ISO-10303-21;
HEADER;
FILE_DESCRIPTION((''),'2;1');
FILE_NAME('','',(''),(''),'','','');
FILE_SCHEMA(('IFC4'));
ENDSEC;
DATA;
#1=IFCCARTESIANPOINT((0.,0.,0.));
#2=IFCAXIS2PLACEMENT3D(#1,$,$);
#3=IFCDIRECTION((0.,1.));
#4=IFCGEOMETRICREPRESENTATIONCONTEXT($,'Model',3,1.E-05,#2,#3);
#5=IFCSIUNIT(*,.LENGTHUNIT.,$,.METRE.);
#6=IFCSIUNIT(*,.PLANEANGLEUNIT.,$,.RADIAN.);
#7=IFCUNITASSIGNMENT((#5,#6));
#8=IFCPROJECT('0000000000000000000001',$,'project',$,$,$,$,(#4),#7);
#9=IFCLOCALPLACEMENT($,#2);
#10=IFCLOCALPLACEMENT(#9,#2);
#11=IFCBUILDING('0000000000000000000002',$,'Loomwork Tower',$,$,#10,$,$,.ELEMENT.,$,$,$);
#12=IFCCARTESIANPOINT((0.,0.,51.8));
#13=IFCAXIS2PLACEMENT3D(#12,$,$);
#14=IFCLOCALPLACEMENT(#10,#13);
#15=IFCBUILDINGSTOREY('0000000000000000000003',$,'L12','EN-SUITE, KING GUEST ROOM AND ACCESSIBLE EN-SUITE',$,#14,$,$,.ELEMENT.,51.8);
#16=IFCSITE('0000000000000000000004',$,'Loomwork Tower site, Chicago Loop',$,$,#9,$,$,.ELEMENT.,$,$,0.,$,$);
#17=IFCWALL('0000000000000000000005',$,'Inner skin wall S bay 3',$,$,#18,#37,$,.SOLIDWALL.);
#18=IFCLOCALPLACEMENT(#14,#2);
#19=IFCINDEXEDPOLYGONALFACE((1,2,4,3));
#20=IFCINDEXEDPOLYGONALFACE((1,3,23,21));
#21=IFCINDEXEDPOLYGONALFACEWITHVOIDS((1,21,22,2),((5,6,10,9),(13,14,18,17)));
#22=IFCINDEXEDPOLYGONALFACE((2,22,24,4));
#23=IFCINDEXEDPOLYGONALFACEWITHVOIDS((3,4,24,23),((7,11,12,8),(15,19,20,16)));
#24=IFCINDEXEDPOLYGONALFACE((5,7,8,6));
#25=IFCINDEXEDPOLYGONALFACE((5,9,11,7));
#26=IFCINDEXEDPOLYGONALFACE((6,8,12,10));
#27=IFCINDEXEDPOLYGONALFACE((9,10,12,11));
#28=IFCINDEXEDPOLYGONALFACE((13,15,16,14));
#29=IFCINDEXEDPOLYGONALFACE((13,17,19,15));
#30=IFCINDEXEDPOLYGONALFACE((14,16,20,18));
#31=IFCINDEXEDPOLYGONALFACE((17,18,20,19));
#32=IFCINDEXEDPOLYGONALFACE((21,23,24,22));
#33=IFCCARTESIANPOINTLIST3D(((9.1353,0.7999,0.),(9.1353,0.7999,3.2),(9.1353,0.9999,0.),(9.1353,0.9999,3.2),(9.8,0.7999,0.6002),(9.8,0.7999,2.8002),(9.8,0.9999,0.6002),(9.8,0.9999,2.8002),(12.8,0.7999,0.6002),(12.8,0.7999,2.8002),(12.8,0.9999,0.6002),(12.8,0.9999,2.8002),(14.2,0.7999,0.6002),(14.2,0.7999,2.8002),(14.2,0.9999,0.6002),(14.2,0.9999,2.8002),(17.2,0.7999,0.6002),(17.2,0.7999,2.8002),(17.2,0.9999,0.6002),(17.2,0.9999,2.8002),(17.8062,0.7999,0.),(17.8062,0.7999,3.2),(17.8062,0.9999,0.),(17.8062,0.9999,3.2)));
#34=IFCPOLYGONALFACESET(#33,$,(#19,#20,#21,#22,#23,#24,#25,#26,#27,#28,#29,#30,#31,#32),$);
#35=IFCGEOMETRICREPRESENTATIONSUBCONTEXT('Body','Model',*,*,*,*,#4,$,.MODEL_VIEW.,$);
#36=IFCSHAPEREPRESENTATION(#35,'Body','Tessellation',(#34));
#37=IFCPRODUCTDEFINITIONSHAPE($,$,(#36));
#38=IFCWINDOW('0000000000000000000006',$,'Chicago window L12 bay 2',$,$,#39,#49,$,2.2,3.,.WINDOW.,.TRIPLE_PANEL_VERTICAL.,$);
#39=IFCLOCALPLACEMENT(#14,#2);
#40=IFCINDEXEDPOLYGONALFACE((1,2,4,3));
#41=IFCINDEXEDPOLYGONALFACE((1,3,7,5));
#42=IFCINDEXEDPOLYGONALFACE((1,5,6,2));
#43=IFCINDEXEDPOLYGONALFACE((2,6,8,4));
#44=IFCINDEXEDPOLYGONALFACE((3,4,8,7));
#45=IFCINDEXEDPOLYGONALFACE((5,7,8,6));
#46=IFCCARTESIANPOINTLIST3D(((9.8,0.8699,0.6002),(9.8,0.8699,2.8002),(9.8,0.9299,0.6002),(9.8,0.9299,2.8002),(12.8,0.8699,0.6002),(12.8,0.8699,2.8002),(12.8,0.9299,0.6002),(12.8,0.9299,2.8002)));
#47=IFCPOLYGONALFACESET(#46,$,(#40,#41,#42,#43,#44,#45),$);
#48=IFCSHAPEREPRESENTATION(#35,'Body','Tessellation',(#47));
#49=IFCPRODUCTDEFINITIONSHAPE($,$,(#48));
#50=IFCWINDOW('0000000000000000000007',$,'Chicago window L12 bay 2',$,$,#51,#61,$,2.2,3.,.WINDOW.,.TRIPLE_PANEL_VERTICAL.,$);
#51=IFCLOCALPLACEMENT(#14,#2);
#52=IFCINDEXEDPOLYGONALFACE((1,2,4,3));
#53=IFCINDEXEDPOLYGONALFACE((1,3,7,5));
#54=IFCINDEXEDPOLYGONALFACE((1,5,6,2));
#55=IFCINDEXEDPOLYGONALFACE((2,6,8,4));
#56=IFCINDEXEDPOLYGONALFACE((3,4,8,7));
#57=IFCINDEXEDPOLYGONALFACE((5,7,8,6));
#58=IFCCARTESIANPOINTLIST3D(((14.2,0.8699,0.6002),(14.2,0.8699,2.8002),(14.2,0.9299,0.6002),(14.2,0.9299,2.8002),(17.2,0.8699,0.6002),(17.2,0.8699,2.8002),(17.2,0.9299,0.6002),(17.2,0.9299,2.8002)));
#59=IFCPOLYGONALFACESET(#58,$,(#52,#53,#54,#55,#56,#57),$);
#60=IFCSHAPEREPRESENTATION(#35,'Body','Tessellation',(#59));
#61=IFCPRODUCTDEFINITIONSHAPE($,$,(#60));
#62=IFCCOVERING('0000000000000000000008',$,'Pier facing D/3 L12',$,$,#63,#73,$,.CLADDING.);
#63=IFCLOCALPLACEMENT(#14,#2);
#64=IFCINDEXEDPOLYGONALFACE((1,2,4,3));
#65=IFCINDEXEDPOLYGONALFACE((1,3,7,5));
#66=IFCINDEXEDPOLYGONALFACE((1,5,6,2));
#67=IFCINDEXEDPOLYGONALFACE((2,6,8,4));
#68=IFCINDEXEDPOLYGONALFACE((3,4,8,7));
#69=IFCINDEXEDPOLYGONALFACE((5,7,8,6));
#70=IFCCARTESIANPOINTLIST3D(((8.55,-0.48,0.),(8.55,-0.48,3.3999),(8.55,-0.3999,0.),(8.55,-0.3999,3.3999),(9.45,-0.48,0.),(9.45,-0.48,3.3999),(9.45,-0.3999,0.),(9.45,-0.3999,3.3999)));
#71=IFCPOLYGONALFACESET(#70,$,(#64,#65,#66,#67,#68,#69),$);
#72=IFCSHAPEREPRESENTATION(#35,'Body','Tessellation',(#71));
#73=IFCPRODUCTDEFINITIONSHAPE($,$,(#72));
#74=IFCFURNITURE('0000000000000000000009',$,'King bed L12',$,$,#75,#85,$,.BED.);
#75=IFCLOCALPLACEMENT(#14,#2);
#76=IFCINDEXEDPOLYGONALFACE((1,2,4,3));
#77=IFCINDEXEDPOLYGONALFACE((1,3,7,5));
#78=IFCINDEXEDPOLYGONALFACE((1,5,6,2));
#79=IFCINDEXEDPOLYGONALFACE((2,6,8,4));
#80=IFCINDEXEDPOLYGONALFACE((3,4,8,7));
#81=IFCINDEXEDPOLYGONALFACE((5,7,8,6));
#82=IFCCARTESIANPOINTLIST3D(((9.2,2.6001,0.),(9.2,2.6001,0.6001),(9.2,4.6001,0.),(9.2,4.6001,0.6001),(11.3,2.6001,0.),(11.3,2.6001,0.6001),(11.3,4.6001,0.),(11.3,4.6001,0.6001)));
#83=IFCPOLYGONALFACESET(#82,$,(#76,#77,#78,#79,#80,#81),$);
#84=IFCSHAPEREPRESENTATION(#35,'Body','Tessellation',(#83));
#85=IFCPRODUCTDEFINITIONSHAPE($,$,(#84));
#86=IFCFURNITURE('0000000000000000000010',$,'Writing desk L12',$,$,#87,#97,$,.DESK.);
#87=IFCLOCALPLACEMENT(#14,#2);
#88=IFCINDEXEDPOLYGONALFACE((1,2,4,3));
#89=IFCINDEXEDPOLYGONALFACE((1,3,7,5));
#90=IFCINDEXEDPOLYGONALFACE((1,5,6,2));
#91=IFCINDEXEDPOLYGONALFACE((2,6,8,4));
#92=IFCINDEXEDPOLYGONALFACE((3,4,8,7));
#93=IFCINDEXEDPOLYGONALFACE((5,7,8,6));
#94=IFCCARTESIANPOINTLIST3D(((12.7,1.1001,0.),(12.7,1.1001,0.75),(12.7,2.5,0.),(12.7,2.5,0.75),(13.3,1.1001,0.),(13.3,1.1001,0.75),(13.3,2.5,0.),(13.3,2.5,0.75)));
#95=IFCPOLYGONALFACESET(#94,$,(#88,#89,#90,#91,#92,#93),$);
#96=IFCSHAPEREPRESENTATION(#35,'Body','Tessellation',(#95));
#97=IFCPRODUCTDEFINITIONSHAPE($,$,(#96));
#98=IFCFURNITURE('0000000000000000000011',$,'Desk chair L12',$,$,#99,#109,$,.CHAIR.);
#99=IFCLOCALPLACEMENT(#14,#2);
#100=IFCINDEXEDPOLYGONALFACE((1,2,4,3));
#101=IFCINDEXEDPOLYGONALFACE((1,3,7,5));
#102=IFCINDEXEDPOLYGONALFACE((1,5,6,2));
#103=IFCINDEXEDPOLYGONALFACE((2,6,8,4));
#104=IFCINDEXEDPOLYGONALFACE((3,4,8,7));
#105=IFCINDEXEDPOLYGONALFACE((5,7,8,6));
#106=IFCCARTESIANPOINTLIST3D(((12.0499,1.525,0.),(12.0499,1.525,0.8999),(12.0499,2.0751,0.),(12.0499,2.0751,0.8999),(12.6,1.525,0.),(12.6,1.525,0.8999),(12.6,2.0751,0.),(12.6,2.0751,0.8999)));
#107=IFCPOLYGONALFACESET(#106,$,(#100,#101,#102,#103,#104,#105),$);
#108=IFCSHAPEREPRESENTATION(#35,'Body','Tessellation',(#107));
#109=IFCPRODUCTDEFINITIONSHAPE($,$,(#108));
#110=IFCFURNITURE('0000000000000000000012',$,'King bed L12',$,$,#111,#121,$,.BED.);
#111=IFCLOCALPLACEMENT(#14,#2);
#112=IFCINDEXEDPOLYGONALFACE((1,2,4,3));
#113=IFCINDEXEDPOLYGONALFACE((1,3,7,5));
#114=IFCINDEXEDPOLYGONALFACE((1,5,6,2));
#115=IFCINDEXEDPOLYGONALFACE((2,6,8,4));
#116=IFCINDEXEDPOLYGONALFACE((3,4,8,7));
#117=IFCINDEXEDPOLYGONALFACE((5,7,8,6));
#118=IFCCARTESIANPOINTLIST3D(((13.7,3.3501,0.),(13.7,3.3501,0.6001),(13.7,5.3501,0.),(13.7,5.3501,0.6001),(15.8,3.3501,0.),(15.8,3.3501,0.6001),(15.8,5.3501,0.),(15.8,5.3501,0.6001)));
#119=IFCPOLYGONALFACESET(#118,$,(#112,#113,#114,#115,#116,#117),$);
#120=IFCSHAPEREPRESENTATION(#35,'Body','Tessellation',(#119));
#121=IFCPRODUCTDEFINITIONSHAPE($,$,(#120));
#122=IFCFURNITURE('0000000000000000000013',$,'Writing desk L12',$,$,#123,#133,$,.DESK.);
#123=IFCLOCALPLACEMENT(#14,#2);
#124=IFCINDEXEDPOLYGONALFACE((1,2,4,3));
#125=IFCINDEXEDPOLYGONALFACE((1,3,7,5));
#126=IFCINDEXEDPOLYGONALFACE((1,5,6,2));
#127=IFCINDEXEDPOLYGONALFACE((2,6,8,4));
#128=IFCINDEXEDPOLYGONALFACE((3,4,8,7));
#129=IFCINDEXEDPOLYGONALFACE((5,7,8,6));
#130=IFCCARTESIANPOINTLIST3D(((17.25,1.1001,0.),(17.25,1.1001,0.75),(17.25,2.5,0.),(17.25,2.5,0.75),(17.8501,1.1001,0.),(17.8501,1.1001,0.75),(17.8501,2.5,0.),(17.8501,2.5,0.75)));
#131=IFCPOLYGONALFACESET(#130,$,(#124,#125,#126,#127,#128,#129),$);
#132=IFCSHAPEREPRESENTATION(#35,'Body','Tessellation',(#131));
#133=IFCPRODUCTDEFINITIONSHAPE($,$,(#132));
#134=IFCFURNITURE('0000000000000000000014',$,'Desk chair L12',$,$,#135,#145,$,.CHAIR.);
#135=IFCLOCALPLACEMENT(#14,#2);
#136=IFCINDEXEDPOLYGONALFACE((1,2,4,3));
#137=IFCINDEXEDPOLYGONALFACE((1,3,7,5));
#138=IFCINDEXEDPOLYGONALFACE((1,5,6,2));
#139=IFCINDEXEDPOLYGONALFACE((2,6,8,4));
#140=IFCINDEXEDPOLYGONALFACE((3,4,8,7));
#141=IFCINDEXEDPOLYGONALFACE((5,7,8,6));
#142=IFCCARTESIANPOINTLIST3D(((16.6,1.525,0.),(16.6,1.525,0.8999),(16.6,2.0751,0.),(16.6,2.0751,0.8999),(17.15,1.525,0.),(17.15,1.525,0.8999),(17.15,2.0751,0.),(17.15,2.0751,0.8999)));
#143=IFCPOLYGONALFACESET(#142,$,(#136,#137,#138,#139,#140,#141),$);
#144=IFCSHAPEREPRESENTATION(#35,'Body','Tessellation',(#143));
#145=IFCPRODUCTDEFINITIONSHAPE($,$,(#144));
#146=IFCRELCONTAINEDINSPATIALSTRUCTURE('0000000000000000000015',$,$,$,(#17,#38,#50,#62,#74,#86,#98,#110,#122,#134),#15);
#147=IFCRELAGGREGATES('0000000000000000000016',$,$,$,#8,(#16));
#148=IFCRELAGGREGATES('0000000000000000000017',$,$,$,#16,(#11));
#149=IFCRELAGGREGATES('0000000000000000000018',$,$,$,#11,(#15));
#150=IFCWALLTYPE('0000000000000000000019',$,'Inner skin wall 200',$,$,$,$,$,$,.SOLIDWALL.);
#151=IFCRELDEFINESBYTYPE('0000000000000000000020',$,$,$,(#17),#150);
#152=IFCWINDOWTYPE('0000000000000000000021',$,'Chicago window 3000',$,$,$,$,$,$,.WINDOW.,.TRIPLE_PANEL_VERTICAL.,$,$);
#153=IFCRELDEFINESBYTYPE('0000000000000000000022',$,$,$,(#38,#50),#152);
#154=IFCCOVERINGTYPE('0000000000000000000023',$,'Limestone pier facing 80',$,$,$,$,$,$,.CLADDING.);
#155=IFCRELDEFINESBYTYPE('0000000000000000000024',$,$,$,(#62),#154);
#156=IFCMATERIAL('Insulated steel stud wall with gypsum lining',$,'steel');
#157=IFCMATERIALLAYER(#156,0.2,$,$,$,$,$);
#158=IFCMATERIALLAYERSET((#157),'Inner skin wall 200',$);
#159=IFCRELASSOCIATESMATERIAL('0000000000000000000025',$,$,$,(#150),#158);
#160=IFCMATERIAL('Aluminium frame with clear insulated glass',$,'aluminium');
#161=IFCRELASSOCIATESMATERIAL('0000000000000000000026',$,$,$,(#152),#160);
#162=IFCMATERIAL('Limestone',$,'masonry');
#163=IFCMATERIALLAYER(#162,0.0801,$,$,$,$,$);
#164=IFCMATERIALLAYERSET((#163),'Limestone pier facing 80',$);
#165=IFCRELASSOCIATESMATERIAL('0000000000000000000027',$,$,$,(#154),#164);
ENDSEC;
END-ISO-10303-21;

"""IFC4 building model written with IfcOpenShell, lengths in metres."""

from ifc_helpers import new_model, si_unit, direction, frame, frame_2d, origin, origin_2d, place, context, subcontext, project, spatial, rectangle, extrude, material, layer, layer_set, type_object, element, fill, save


model = new_model("IFC4")

# Units and contexts
model_context = context("Model", 3, precision=1e-05, world=origin(), true_north=direction((0.0, 1.0)))
body_context = subcontext(model_context, "Body", "Model", "MODEL_VIEW")
ifc_project = project(units=[si_unit("LENGTHUNIT", "METRE"), si_unit("PLANEANGLEUNIT", "RADIAN")], contexts=[model_context])

# Site, building, storey
site_placement = place(None, origin())
site = spatial("IfcSite", under=ifc_project, at=site_placement, Name="Loomwork Tower site, Chicago Loop", CompositionType="ELEMENT", RefElevation=0.0)
building_placement = place(site_placement, origin())
building = spatial("IfcBuilding", under=site, at=building_placement, Name="Loomwork Tower", CompositionType="ELEMENT")
storey_placement = place(building_placement, frame((0.0, 0.0, 51.8)))
storey = spatial("IfcBuildingStorey", under=building, at=storey_placement, Name="L12", Description="EN-SUITE, KING GUEST ROOM AND ACCESSIBLE EN-SUITE", CompositionType="ELEMENT", Elevation=51.8)

# Wall, openings, windows
ifc_material_1 = material(Name="Insulated steel stud wall with gypsum lining", Category="steel")
ifc_layer_1 = layer(ifc_material_1, 0.2)
ifc_layer_set_1 = layer_set([ifc_layer_1], Name="Inner skin wall 200")
wall_type = type_object("IfcWallType", Name="Inner skin wall 200", PredefinedType="SOLIDWALL", material=ifc_layer_set_1)
wall_placement = place(storey_placement, frame((9.1353, 0.8999, 0.0), z_axis=(0.0, 0.0, 1.0), x_axis=(1.0, 0.0, 0.0)))
wall = element("IfcWall", 1, at=wall_placement, inside=storey, type_object=wall_type, Name="Inner skin wall S bay 3", PredefinedType="SOLIDWALL", context=body_context, shape_type="SweptSolid", body=[
    extrude(rectangle(XDim=8.6709, YDim=0.2, at=frame_2d((4.3354, 0.0))), origin(), (0.0, 0.0, 1.0), 3.2),
])
opening_1_placement = place(wall_placement, frame((0.6648, 0.0, 0.6001)))
opening_1 = element("IfcOpeningElement", 2, at=opening_1_placement, cuts=wall, PredefinedType="OPENING", context=body_context, shape_type="SweptSolid", body=[
    extrude(rectangle(XDim=3.0, YDim=2.2, at=frame_2d((1.5, 1.1001))), frame((0.0, 0.1099, 0.0), z_axis=(0.0, -1.0, 0.0), x_axis=(1.0, 0.0, 0.0)), (0.0, 0.0, 1.0), 0.22),
])
opening_2_placement = place(wall_placement, frame((5.0647, 0.0, 0.6001)))
opening_2 = element("IfcOpeningElement", 3, at=opening_2_placement, cuts=wall, PredefinedType="OPENING", context=body_context, shape_type="SweptSolid", body=[
    extrude(rectangle(XDim=3.0, YDim=2.2, at=frame_2d((1.5, 1.1001))), frame((0.0, 0.1099, 0.0), z_axis=(0.0, -1.0, 0.0), x_axis=(1.0, 0.0, 0.0)), (0.0, 0.0, 1.0), 0.22),
])
ifc_material_2 = material(Name="Aluminium frame with clear insulated glass", Category="aluminium")
window_type = type_object("IfcWindowType", Name="Chicago window 3000", PartitioningType="TRIPLE_PANEL_VERTICAL", PredefinedType="WINDOW", material=ifc_material_2)
window_1_placement = place(opening_1_placement, origin())
window_1 = element("IfcWindow", 4, at=window_1_placement, inside=storey, type_object=window_type, Name="Chicago window L12 bay 2", OverallHeight=2.2, OverallWidth=3.0, PartitioningType="TRIPLE_PANEL_VERTICAL", PredefinedType="WINDOW", context=body_context, shape_type="SweptSolid", body=[
    extrude(rectangle(XDim=3.0, YDim=2.2, at=frame_2d((1.5, 1.1001))), frame((0.0, 0.03, 0.0), z_axis=(0.0, -1.0, 0.0), x_axis=(1.0, 0.0, 0.0)), (0.0, 0.0, 1.0), 0.0601),
])
fill(opening_1, window_1)
window_2_placement = place(opening_2_placement, origin())
window_2 = element("IfcWindow", 5, at=window_2_placement, inside=storey, type_object=window_type, Name="Chicago window L12 bay 2", OverallHeight=2.2, OverallWidth=3.0, PartitioningType="TRIPLE_PANEL_VERTICAL", PredefinedType="WINDOW", context=body_context, shape_type="SweptSolid", body=[
    extrude(rectangle(XDim=3.0, YDim=2.2, at=frame_2d((1.5, 1.1001))), frame((0.0, 0.03, 0.0), z_axis=(0.0, -1.0, 0.0), x_axis=(1.0, 0.0, 0.0)), (0.0, 0.0, 1.0), 0.0601),
])
fill(opening_2, window_2)

# Covering
ifc_material_3 = material(Name="Limestone", Category="masonry")
ifc_layer_2 = layer(ifc_material_3, 0.0801)
ifc_layer_set_2 = layer_set([ifc_layer_2], Name="Limestone pier facing 80")
covering_type = type_object("IfcCoveringType", Name="Limestone pier facing 80", PredefinedType="CLADDING", material=ifc_layer_set_2)
covering_placement = place(storey_placement, frame((9.0, -0.4399, 0.0), z_axis=(0.0, 0.0, 1.0), x_axis=(1.0, 0.0, 0.0)))
element("IfcCovering", 6, at=covering_placement, inside=storey, type_object=covering_type, Name="Pier facing D/3 L12", PredefinedType="CLADDING", context=body_context, shape_type="SweptSolid", body=[
    extrude(rectangle(XDim=0.8999, YDim=0.0801, at=origin_2d()), origin(), (0.0, 0.0, 1.0), 3.3999),
])

# Furniture
furniture_1_placement = place(storey_placement, frame((10.25, 3.6001, 0.0), z_axis=(0.0, 0.0, 1.0), x_axis=(1.0, 0.0, 0.0)))
element("IfcFurniture", 7, at=furniture_1_placement, inside=storey, Name="King bed L12", PredefinedType="BED", context=body_context, shape_type="SweptSolid", body=[
    extrude(rectangle(XDim=2.1001, YDim=2.0, at=origin_2d()), origin(), (0.0, 0.0, 1.0), 0.6001),
])
furniture_2_placement = place(storey_placement, frame((13.0, 1.8, 0.0), z_axis=(0.0, 0.0, 1.0), x_axis=(1.0, 0.0, 0.0)))
element("IfcFurniture", 8, at=furniture_2_placement, inside=storey, Name="Writing desk L12", PredefinedType="DESK", context=body_context, shape_type="SweptSolid", body=[
    extrude(rectangle(XDim=0.6001, YDim=1.3999, at=origin_2d()), origin(), (0.0, 0.0, 1.0), 0.75),
])
furniture_3_placement = place(storey_placement, frame((12.325, 1.8, 0.0), z_axis=(0.0, 0.0, 1.0), x_axis=(1.0, 0.0, 0.0)))
element("IfcFurniture", 9, at=furniture_3_placement, inside=storey, Name="Desk chair L12", PredefinedType="CHAIR", context=body_context, shape_type="SweptSolid", body=[
    extrude(rectangle(XDim=0.55, YDim=0.55, at=origin_2d()), origin(), (0.0, 0.0, 1.0), 0.8999),
])
furniture_4_placement = place(storey_placement, frame((14.75, 4.3501, 0.0), z_axis=(0.0, 0.0, 1.0), x_axis=(1.0, 0.0, 0.0)))
element("IfcFurniture", 10, at=furniture_4_placement, inside=storey, Name="King bed L12", PredefinedType="BED", context=body_context, shape_type="SweptSolid", body=[
    extrude(rectangle(XDim=2.1001, YDim=2.0, at=origin_2d()), origin(), (0.0, 0.0, 1.0), 0.6001),
])
furniture_5_placement = place(storey_placement, frame((17.55, 1.8, 0.0), z_axis=(0.0, 0.0, 1.0), x_axis=(1.0, 0.0, 0.0)))
element("IfcFurniture", 11, at=furniture_5_placement, inside=storey, Name="Writing desk L12", PredefinedType="DESK", context=body_context, shape_type="SweptSolid", body=[
    extrude(rectangle(XDim=0.6001, YDim=1.3999, at=origin_2d()), origin(), (0.0, 0.0, 1.0), 0.75),
])
furniture_6_placement = place(storey_placement, frame((16.875, 1.8, 0.0), z_axis=(0.0, 0.0, 1.0), x_axis=(1.0, 0.0, 0.0)))
element("IfcFurniture", 12, at=furniture_6_placement, inside=storey, Name="Desk chair L12", PredefinedType="CHAIR", context=body_context, shape_type="SweptSolid", body=[
    extrude(rectangle(XDim=0.55, YDim=0.55, at=origin_2d()), origin(), (0.0, 0.0, 1.0), 0.8999),
])

save(model, "model.ifc")
